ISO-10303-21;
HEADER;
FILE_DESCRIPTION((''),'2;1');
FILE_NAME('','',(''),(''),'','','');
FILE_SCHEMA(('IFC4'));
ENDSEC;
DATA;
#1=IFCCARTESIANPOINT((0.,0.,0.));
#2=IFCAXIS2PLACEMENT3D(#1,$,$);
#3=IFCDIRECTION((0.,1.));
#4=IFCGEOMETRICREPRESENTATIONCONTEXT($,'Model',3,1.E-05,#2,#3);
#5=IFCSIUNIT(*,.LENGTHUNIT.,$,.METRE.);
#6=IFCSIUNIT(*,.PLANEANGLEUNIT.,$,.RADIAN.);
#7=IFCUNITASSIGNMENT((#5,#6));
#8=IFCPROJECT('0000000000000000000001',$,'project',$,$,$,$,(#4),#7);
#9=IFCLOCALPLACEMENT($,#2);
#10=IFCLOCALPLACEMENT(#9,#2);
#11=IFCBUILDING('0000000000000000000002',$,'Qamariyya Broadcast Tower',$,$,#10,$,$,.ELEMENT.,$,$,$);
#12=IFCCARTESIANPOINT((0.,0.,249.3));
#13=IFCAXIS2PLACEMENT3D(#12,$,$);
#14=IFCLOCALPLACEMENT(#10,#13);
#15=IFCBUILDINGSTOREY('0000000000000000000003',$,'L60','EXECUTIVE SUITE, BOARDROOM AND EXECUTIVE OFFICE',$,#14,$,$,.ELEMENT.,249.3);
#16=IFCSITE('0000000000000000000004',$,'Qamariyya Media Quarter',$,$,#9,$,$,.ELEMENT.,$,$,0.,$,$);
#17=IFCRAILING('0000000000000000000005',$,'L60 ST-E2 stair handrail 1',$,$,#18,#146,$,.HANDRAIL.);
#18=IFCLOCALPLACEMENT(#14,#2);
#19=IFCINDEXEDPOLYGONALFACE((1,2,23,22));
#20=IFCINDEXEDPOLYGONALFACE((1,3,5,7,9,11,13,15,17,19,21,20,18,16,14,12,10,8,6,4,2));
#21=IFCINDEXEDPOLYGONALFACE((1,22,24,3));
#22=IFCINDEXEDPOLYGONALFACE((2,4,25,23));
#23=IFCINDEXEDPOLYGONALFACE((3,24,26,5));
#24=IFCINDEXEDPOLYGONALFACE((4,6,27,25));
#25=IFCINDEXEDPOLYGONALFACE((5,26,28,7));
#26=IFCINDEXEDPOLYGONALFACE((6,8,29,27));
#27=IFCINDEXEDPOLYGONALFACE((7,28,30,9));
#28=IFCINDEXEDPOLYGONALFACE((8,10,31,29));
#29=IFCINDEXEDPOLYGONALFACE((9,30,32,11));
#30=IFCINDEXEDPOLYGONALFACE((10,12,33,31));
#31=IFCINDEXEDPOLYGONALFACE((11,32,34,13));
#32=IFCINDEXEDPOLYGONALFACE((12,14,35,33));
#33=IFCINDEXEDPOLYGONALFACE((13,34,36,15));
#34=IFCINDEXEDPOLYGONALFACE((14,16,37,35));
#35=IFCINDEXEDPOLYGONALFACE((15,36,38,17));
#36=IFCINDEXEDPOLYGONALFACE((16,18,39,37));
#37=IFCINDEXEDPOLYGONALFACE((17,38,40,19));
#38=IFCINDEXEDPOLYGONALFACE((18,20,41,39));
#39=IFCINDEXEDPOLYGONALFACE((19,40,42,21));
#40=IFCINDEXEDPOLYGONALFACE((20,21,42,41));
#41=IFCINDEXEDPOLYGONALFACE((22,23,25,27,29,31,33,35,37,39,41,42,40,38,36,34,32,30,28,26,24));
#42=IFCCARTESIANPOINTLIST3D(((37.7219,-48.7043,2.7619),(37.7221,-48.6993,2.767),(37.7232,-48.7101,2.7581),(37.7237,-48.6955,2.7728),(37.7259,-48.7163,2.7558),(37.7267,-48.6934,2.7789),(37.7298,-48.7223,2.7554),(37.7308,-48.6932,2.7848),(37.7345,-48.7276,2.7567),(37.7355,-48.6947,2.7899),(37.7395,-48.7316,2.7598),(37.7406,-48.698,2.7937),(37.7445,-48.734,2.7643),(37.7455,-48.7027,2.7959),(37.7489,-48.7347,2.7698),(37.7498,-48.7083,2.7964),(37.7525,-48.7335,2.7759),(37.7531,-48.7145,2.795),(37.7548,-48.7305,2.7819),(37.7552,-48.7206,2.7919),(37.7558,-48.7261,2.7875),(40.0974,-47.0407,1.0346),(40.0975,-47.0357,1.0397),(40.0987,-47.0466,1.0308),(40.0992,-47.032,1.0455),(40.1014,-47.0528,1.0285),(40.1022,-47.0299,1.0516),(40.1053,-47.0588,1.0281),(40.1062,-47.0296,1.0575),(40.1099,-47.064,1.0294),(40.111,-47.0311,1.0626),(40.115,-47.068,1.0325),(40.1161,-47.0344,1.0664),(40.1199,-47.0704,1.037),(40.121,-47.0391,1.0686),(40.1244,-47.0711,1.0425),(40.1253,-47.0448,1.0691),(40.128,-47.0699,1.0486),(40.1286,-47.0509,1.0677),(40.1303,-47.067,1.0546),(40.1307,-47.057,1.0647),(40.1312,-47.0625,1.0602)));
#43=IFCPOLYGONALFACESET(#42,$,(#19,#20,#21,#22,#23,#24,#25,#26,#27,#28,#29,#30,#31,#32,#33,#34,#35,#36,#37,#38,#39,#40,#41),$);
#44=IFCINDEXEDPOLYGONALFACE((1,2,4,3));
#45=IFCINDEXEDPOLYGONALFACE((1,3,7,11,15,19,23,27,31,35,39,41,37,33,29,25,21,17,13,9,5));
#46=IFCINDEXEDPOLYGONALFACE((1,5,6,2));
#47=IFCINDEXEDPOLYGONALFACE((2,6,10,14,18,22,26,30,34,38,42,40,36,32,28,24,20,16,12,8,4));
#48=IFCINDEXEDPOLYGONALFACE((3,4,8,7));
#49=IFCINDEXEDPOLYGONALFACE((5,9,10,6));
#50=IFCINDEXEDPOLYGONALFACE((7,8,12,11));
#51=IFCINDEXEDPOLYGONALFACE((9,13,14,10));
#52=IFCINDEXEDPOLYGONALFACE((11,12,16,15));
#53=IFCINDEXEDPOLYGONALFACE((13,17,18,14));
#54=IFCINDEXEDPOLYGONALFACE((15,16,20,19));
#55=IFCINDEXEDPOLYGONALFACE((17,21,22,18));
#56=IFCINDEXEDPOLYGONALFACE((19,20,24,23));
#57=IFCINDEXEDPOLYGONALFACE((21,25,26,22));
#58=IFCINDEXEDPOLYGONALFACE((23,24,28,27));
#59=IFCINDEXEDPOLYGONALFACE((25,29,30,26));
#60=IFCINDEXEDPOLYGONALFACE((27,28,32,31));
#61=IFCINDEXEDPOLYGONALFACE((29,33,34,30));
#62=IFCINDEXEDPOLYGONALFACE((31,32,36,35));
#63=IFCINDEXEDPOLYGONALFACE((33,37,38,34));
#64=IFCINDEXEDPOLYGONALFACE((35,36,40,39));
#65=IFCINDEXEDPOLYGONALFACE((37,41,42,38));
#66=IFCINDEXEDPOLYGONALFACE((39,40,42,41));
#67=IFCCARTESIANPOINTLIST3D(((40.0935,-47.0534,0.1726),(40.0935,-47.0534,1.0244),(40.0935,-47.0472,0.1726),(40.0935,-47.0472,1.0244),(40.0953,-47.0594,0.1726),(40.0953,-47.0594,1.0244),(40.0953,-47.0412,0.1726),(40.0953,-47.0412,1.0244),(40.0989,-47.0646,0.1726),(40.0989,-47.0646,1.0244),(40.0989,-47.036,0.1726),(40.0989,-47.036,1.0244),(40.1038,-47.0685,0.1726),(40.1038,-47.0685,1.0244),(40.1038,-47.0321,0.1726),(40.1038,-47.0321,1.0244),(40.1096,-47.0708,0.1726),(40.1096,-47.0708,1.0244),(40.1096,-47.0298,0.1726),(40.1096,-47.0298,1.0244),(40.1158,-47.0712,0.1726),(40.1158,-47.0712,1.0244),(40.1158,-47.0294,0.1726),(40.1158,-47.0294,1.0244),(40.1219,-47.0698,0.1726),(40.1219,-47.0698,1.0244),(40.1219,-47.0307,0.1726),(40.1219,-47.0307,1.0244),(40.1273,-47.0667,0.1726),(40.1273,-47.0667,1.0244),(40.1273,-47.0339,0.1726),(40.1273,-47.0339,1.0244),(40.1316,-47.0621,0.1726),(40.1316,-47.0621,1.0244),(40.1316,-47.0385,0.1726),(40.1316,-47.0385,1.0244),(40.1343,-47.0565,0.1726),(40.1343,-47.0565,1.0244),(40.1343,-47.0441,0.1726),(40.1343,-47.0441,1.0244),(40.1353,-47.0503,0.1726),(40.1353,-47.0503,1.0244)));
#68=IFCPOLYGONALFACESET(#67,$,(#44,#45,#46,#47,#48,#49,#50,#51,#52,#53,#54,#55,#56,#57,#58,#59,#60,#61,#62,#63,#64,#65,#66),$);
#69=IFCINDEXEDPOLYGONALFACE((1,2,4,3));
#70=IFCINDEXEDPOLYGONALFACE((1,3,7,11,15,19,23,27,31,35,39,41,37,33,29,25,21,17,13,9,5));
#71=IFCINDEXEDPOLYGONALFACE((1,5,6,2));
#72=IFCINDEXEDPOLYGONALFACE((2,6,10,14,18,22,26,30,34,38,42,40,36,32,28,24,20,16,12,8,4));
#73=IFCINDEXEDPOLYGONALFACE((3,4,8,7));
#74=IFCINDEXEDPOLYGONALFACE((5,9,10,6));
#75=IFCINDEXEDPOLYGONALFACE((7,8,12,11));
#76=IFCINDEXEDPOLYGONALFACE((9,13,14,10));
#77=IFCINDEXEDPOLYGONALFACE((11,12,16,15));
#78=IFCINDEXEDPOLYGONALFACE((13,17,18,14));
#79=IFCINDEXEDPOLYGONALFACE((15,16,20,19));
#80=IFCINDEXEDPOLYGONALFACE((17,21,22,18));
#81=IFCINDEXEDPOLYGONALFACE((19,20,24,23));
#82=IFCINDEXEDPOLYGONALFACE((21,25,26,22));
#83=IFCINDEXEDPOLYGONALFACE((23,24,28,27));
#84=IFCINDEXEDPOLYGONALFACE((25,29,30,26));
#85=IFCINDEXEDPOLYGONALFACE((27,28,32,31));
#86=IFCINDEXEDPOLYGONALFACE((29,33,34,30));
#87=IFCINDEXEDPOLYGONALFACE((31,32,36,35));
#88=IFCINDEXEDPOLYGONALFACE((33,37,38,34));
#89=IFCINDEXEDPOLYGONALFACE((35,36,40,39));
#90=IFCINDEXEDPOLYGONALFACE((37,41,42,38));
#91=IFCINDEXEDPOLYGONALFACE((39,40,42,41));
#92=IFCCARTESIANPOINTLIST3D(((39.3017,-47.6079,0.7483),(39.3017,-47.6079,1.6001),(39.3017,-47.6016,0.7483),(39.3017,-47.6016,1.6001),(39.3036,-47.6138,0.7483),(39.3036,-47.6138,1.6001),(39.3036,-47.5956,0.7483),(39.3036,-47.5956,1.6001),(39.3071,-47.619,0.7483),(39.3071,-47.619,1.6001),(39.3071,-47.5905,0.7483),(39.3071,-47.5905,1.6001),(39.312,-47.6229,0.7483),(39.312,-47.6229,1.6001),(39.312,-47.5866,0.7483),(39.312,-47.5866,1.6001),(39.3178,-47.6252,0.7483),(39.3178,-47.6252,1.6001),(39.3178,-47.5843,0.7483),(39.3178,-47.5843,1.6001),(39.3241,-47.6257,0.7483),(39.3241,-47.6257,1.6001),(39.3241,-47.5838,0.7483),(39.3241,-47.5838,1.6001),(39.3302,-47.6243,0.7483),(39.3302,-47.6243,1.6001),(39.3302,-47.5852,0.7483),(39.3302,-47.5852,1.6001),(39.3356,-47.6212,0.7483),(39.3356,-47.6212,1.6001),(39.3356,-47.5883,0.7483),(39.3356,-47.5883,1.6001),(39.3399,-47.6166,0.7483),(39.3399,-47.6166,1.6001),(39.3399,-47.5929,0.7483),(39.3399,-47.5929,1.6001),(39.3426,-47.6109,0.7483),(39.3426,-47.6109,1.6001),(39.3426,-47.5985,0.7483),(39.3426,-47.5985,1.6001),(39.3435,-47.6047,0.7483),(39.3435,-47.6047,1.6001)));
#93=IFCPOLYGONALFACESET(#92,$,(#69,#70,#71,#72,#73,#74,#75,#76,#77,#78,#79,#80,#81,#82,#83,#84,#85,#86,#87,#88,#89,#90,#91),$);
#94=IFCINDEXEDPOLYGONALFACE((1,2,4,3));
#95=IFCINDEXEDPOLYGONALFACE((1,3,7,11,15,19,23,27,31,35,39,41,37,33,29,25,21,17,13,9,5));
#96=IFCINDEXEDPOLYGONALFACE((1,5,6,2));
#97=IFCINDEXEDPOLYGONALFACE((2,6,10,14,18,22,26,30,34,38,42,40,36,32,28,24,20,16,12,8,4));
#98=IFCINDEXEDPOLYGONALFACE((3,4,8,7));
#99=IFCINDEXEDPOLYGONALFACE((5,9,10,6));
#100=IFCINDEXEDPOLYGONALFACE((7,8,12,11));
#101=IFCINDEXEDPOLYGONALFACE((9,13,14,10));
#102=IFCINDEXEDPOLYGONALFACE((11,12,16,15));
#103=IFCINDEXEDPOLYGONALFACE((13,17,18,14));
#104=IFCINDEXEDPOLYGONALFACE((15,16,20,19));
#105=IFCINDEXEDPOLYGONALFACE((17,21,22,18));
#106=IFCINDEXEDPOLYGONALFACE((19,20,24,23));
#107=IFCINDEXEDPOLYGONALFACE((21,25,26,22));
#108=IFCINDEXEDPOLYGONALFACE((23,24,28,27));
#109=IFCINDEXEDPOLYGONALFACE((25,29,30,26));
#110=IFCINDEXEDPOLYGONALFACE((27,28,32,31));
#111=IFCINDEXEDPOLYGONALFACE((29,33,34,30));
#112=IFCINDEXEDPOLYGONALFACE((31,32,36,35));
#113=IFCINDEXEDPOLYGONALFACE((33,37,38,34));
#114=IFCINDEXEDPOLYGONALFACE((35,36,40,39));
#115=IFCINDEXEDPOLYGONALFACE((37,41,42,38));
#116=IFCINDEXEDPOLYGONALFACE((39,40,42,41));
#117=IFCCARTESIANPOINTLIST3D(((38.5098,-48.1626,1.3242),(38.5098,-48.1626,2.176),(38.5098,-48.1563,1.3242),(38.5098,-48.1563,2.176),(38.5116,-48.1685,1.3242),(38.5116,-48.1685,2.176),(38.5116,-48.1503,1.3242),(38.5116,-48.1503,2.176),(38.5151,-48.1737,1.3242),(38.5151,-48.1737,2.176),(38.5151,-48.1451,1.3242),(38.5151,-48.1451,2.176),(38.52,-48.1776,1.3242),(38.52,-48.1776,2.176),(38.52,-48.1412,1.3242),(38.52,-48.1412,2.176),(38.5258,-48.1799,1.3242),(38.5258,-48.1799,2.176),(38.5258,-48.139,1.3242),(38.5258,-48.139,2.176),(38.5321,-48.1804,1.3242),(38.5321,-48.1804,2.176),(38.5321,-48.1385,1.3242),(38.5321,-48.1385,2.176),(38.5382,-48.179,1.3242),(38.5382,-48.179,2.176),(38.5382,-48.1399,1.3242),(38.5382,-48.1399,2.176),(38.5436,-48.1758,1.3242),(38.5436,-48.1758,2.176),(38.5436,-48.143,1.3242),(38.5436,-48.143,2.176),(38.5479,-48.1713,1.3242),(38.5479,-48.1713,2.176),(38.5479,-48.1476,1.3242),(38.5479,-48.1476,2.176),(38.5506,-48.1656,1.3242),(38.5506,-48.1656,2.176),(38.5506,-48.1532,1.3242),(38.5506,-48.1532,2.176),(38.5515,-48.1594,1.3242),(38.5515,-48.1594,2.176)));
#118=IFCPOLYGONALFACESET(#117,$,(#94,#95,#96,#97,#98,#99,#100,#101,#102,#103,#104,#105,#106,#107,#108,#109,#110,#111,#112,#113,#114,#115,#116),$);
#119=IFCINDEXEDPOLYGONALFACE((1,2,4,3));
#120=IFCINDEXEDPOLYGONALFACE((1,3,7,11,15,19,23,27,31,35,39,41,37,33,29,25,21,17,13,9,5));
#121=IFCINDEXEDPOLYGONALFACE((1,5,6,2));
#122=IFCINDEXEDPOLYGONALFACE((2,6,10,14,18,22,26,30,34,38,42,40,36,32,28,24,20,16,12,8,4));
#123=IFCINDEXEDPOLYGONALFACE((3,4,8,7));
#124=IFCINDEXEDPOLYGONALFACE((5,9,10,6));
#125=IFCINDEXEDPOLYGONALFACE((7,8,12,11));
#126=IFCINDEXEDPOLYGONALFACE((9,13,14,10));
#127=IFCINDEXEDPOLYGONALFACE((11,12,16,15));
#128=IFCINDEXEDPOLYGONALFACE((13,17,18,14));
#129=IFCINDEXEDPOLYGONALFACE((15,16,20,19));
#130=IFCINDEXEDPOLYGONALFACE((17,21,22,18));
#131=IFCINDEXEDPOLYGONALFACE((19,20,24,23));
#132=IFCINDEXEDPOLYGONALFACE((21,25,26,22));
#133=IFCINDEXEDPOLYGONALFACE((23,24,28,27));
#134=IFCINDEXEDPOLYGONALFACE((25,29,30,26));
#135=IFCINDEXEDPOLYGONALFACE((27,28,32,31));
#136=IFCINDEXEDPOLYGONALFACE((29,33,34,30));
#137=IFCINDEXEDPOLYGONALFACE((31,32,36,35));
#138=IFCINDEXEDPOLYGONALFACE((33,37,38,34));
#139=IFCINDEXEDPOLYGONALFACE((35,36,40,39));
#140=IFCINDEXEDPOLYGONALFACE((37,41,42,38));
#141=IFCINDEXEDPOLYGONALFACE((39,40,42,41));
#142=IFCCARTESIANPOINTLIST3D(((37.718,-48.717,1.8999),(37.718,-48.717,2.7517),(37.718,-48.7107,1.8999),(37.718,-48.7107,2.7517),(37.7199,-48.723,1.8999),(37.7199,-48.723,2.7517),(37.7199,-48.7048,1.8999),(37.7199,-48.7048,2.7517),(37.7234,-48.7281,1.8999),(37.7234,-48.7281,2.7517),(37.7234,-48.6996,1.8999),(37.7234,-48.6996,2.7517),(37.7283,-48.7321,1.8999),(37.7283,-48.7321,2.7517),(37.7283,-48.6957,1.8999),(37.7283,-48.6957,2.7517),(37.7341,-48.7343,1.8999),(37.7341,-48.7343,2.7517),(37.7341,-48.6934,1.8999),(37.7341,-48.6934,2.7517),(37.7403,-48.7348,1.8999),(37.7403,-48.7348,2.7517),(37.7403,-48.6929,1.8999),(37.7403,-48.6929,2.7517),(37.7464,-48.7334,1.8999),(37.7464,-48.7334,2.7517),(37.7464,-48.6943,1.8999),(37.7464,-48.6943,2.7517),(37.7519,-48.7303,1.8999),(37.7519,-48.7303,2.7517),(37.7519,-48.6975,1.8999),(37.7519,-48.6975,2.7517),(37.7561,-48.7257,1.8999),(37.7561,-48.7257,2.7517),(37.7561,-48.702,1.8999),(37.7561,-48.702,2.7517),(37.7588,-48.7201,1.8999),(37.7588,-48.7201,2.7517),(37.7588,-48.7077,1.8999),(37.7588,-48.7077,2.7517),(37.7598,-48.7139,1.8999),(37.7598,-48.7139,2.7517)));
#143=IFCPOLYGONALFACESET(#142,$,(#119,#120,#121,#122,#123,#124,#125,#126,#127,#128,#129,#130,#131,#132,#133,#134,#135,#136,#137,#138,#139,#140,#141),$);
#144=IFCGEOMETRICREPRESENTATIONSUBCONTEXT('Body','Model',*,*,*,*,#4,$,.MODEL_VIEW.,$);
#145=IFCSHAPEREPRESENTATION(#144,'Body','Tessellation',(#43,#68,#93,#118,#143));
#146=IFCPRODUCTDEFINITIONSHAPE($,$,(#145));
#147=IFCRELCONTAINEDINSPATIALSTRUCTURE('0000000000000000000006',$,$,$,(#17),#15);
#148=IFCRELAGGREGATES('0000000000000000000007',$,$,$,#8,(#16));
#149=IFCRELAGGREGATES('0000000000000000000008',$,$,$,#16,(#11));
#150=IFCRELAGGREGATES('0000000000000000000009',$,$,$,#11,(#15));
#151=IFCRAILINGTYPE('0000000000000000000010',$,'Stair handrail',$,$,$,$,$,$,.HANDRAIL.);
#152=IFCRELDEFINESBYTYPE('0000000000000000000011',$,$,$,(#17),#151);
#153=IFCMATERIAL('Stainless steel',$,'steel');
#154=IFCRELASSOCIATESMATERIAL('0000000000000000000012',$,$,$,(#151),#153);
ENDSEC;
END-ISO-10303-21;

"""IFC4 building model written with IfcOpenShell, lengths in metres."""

from ifc_helpers import new_model, si_unit, direction, frame, origin, origin_2d, place, context, subcontext, project, spatial, circle, extrude, material, type_object, element, save


model = new_model("IFC4")

# Units and contexts
model_context = context("Model", 3, precision=1e-05, world=origin(), true_north=direction((0.0, 1.0)))
body_context = subcontext(model_context, "Body", "Model", "MODEL_VIEW")
ifc_project = project(units=[si_unit("LENGTHUNIT", "METRE"), si_unit("PLANEANGLEUNIT", "RADIAN")], contexts=[model_context])

# Site, building, storey
site_placement = place(None, origin())
site = spatial("IfcSite", under=ifc_project, at=site_placement, Name="Qamariyya Media Quarter", CompositionType="ELEMENT", RefElevation=0.0)
building_placement = place(site_placement, origin())
building = spatial("IfcBuilding", under=site, at=building_placement, Name="Qamariyya Broadcast Tower", CompositionType="ELEMENT")
storey_placement = place(building_placement, frame((0.0, 0.0, 249.3)))
storey = spatial("IfcBuildingStorey", under=building, at=storey_placement, Name="L60", Description="EXECUTIVE SUITE, BOARDROOM AND EXECUTIVE OFFICE", CompositionType="ELEMENT", Elevation=249.3)

# Railing
ifc_material_1 = material(Name="Stainless steel", Category="steel")
railing_type_1 = type_object("IfcRailingType", Name="Stair handrail", PredefinedType="HANDRAIL", material=ifc_material_1)
railing_1_placement = place(storey_placement, frame((40.1143, -47.0503, 0.1726)))
element("IfcRailing", 1, at=railing_1_placement, inside=storey, type_object=railing_type_1, Name="L60 ST-E2 stair handrail 1", PredefinedType="HANDRAIL", context=body_context, shape_type="SweptSolid", body=[
    extrude(circle(Radius=0.0239, at=origin_2d()), frame((0.0, 0.0, 0.876), z_axis=(-0.703745, -0.492838, 0.511716), x_axis=(0.573632, -0.819113, 0.0)), (0.0, 0.0, 1.0), 3.3755),
    extrude(circle(Radius=0.021, at=origin_2d()), origin(), (0.0, 0.0, 1.0), 0.8518),
    extrude(circle(Radius=0.021, at=origin_2d()), frame((-0.7917, -0.5544, 0.5757)), (0.0, 0.0, 1.0), 0.8518),
    extrude(circle(Radius=0.021, at=origin_2d()), frame((-1.5837, -1.1091, 1.1516)), (0.0, 0.0, 1.0), 0.8518),
    extrude(circle(Radius=0.021, at=origin_2d()), frame((-2.3755, -1.6636, 1.7273)), (0.0, 0.0, 1.0), 0.8518),
])

save(model, "model.ifc")
